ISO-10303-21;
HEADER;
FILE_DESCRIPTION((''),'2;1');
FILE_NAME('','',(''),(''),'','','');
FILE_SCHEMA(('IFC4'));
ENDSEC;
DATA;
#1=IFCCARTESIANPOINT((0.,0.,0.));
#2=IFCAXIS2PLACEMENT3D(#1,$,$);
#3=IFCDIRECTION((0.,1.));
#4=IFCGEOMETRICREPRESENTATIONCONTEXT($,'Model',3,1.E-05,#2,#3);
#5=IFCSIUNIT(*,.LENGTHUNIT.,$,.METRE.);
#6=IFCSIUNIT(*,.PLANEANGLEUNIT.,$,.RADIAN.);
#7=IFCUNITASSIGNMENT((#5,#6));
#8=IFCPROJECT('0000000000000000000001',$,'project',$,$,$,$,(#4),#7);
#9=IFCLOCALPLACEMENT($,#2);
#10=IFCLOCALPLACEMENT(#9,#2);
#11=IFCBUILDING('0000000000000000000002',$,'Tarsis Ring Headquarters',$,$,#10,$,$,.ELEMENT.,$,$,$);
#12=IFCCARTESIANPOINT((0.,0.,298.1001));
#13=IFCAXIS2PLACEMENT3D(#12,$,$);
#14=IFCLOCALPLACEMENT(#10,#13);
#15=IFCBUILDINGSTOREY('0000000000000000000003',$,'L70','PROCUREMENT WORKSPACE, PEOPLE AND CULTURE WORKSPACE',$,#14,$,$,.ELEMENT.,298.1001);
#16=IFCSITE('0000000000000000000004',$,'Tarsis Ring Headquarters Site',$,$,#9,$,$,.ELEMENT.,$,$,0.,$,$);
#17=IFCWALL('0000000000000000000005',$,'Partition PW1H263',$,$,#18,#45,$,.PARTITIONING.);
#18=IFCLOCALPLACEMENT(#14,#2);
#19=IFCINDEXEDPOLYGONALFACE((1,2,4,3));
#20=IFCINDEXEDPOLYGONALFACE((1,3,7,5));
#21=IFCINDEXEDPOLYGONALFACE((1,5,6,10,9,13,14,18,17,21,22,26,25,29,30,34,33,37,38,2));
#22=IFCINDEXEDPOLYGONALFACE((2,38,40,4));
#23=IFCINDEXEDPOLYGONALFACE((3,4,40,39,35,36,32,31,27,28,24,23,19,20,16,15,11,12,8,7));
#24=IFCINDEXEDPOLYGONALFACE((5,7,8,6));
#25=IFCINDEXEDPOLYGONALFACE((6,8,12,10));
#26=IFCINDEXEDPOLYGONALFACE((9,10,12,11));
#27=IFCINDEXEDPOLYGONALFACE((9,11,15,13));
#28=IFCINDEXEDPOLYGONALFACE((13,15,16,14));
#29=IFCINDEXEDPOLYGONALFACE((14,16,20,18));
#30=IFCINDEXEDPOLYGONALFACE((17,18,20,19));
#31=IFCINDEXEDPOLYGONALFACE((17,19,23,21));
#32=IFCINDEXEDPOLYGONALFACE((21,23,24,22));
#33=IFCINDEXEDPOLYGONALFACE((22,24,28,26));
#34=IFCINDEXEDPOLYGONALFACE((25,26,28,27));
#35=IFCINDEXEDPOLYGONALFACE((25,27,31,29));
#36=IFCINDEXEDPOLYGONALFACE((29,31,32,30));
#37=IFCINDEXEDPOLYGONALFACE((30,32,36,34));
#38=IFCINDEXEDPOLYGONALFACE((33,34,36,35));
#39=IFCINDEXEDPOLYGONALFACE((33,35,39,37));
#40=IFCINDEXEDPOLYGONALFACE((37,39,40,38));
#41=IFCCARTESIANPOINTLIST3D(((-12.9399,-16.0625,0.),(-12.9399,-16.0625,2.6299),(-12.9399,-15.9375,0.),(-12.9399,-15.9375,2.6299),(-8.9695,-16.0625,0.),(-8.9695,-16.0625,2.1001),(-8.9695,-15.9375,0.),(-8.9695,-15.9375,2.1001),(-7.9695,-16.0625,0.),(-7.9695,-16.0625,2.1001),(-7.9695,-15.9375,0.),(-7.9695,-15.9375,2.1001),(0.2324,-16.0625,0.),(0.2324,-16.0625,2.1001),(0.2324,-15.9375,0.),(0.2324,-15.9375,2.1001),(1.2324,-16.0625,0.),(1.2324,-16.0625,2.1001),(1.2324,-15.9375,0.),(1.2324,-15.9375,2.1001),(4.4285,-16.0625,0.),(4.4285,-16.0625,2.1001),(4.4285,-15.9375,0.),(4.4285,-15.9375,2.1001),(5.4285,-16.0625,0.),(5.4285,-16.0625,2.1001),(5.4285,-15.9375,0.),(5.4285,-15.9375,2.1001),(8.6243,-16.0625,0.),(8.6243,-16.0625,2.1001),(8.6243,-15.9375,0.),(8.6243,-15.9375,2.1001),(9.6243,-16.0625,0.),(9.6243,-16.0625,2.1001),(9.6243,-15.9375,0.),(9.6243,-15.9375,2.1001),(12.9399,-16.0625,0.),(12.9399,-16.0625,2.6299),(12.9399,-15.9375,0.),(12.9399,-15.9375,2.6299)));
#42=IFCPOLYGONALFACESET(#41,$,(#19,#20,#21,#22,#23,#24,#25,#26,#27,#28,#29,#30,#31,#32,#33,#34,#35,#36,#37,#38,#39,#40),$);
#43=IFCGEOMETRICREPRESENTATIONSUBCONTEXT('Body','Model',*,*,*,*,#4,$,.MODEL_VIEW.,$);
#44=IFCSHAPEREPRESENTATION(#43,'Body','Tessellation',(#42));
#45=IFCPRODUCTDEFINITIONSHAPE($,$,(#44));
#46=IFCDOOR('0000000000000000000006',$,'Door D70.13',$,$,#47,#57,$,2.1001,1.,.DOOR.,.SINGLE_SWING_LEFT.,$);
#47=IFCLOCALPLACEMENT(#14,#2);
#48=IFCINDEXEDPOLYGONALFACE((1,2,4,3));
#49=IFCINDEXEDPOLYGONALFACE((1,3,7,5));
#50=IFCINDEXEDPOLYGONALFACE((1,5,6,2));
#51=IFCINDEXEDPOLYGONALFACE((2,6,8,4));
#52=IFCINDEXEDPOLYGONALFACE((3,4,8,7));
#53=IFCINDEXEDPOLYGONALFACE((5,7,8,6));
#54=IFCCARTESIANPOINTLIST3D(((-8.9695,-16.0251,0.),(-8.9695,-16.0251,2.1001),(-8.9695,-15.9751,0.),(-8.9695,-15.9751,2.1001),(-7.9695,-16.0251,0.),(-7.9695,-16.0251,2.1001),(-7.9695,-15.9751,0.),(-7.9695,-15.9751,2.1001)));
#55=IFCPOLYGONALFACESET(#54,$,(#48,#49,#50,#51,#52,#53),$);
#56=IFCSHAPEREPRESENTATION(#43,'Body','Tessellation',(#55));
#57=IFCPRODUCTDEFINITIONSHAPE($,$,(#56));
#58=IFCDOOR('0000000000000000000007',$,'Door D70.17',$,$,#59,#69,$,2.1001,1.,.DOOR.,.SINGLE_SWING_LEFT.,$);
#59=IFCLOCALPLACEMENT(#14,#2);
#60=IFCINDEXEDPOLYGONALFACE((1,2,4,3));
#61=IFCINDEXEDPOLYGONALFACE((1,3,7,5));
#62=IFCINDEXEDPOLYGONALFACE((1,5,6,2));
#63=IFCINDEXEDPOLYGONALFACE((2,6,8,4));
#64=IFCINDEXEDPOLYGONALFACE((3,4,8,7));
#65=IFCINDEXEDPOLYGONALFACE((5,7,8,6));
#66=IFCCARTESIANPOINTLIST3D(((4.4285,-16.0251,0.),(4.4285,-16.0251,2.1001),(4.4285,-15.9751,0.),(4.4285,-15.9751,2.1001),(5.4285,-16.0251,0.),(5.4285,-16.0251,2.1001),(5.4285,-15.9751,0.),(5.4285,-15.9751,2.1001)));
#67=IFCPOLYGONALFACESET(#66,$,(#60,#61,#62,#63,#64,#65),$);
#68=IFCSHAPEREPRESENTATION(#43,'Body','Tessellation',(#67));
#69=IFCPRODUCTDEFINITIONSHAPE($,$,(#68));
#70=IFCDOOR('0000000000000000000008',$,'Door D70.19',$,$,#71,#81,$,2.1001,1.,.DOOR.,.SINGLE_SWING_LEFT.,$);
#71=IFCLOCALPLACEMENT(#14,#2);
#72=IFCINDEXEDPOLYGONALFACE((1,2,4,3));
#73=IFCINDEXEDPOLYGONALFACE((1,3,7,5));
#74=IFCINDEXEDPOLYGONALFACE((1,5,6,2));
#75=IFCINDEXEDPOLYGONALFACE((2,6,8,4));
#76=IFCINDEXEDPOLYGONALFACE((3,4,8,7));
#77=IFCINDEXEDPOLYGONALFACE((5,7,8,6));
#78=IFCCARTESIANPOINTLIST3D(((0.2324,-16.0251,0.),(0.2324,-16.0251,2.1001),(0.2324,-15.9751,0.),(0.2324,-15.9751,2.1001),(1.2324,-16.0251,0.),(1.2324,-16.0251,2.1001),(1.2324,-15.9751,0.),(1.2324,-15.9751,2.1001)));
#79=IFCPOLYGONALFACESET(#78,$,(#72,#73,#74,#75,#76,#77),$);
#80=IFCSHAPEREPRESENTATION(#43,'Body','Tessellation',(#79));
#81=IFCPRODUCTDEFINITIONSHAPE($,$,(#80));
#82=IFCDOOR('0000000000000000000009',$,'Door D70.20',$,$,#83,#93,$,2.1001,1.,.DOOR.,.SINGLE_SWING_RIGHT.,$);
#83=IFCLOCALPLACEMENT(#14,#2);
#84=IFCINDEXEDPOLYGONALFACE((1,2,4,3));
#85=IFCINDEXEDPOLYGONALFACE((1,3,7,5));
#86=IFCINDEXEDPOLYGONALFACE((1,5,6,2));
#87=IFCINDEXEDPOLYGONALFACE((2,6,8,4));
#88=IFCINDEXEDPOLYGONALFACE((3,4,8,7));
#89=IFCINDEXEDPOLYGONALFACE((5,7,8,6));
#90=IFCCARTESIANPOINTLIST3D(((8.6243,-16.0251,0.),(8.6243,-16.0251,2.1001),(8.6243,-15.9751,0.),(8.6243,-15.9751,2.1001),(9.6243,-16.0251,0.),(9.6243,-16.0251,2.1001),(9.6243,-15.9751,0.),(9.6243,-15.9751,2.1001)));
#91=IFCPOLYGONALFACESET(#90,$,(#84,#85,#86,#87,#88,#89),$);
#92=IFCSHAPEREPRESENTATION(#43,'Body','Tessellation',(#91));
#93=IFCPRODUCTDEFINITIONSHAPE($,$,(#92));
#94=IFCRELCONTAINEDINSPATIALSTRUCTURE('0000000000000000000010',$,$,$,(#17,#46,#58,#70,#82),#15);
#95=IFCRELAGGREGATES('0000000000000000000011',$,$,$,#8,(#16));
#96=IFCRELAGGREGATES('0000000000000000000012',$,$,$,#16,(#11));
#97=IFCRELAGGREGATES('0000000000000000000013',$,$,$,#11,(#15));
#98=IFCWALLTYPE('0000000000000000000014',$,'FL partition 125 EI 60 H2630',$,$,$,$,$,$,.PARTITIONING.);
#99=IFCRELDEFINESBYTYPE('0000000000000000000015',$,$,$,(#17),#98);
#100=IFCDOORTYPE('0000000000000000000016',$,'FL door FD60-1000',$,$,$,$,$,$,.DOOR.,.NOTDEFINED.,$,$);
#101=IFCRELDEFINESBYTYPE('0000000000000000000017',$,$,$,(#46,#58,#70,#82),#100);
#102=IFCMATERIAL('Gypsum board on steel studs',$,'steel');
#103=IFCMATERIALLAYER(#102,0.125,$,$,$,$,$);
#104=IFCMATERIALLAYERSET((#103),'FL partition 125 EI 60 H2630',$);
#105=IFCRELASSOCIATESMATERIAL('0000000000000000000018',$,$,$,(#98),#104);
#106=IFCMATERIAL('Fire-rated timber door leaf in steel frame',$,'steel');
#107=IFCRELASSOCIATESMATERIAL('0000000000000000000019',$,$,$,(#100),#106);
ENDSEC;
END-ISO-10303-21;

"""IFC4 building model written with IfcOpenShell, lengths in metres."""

from ifc_helpers import new_model, si_unit, direction, frame, frame_2d, origin, place, context, subcontext, project, spatial, rectangle, extrude, material, layer, layer_set, type_object, element, fill, save


model = new_model("IFC4")

# Units and contexts
model_context = context("Model", 3, precision=1e-05, world=origin(), true_north=direction((0.0, 1.0)))
body_context = subcontext(model_context, "Body", "Model", "MODEL_VIEW")
ifc_project = project(units=[si_unit("LENGTHUNIT", "METRE"), si_unit("PLANEANGLEUNIT", "RADIAN")], contexts=[model_context])

# Site, building, storey
site_placement = place(None, origin())
site = spatial("IfcSite", under=ifc_project, at=site_placement, Name="Tarsis Ring Headquarters Site", CompositionType="ELEMENT", RefElevation=0.0)
building_placement = place(site_placement, origin())
building = spatial("IfcBuilding", under=site, at=building_placement, Name="Tarsis Ring Headquarters", CompositionType="ELEMENT")
storey_placement = place(building_placement, frame((0.0, 0.0, 298.1001)))
storey = spatial("IfcBuildingStorey", under=building, at=storey_placement, Name="L70", Description="PROCUREMENT WORKSPACE, PEOPLE AND CULTURE WORKSPACE", CompositionType="ELEMENT", Elevation=298.1001)

# Wall, openings, doors
ifc_material_1 = material(Name="Gypsum board on steel studs", Category="steel")
ifc_layer = layer(ifc_material_1, 0.125)
ifc_layer_set = layer_set([ifc_layer], Name="FL partition 125 EI 60 H2630")
wall_type = type_object("IfcWallType", Name="FL partition 125 EI 60 H2630", PredefinedType="PARTITIONING", material=ifc_layer_set)
ifc_material_2 = material(Name="Fire-rated timber door leaf in steel frame", Category="steel")
door_type_1 = type_object("IfcDoorType", Name="FL door FD60-1000", OperationType="NOTDEFINED", PredefinedType="DOOR", material=ifc_material_2)
wall_1_placement = place(storey_placement, frame((-12.9399, -16.0, 0.0), z_axis=(0.0, 0.0, 1.0), x_axis=(1.0, 0.0, 0.0)))
wall_1 = element("IfcWall", 1, at=wall_1_placement, inside=storey, type_object=wall_type, Name="Partition PW1H263", PredefinedType="PARTITIONING", context=body_context, shape_type="SweptSolid", body=[
    extrude(rectangle(XDim=25.8799, YDim=0.125, at=frame_2d((12.9399, 0.0))), origin(), (0.0, 0.0, 1.0), 2.6299),
])
opening_1_placement = place(wall_1_placement, frame((3.9705, 0.0, 0.0)))
opening_1 = element("IfcOpeningElement", 2, at=opening_1_placement, cuts=wall_1, PredefinedType="OPENING", context=body_context, shape_type="SweptSolid", body=[
    extrude(rectangle(XDim=1.0, YDim=2.1001, at=frame_2d((0.5, 1.05))), frame((0.0, 0.0725, 0.0), z_axis=(0.0, -1.0, 0.0), x_axis=(1.0, 0.0, 0.0)), (0.0, 0.0, 1.0), 0.145),
])
opening_2_placement = place(wall_1_placement, frame((17.3684, 0.0, 0.0)))
opening_2 = element("IfcOpeningElement", 3, at=opening_2_placement, cuts=wall_1, PredefinedType="OPENING", context=body_context, shape_type="SweptSolid", body=[
    extrude(rectangle(XDim=1.0, YDim=2.1001, at=frame_2d((0.5, 1.05))), frame((0.0, 0.0725, 0.0), z_axis=(0.0, -1.0, 0.0), x_axis=(1.0, 0.0, 0.0)), (0.0, 0.0, 1.0), 0.145),
])
opening_3_placement = place(wall_1_placement, frame((13.1724, 0.0, 0.0)))
opening_3 = element("IfcOpeningElement", 4, at=opening_3_placement, cuts=wall_1, PredefinedType="OPENING", context=body_context, shape_type="SweptSolid", body=[
    extrude(rectangle(XDim=1.0, YDim=2.1001, at=frame_2d((0.5, 1.05))), frame((0.0, 0.0725, 0.0), z_axis=(0.0, -1.0, 0.0), x_axis=(1.0, 0.0, 0.0)), (0.0, 0.0, 1.0), 0.145),
])
opening_4_placement = place(wall_1_placement, frame((21.5642, 0.0, 0.0)))
opening_4 = element("IfcOpeningElement", 5, at=opening_4_placement, cuts=wall_1, PredefinedType="OPENING", context=body_context, shape_type="SweptSolid", body=[
    extrude(rectangle(XDim=1.0, YDim=2.1001, at=frame_2d((0.5, 1.05))), frame((0.0, 0.0725, 0.0), z_axis=(0.0, -1.0, 0.0), x_axis=(1.0, 0.0, 0.0)), (0.0, 0.0, 1.0), 0.145),
])
door_1_placement = place(opening_1_placement, origin())
door_1 = element("IfcDoor", 6, at=door_1_placement, inside=storey, type_object=door_type_1, Name="Door D70.13", OperationType="SINGLE_SWING_LEFT", OverallHeight=2.1001, OverallWidth=1.0, PredefinedType="DOOR", context=body_context, shape_type="SweptSolid", body=[
    extrude(rectangle(XDim=1.0, YDim=2.1001, at=frame_2d((0.5, 1.05))), frame((0.0, 0.0249, 0.0), z_axis=(0.0, -1.0, 0.0), x_axis=(1.0, 0.0, 0.0)), (0.0, 0.0, 1.0), 0.05),
])
fill(opening_1, door_1)
door_2_placement = place(opening_2_placement, origin())
door_2 = element("IfcDoor", 7, at=door_2_placement, inside=storey, type_object=door_type_1, Name="Door D70.17", OperationType="SINGLE_SWING_LEFT", OverallHeight=2.1001, OverallWidth=1.0, PredefinedType="DOOR", context=body_context, shape_type="SweptSolid", body=[
    extrude(rectangle(XDim=1.0, YDim=2.1001, at=frame_2d((0.5, 1.05))), frame((0.0, 0.0249, 0.0), z_axis=(0.0, -1.0, 0.0), x_axis=(1.0, 0.0, 0.0)), (0.0, 0.0, 1.0), 0.05),
])
fill(opening_2, door_2)
door_3_placement = place(opening_3_placement, origin())
door_3 = element("IfcDoor", 8, at=door_3_placement, inside=storey, type_object=door_type_1, Name="Door D70.19", OperationType="SINGLE_SWING_LEFT", OverallHeight=2.1001, OverallWidth=1.0, PredefinedType="DOOR", context=body_context, shape_type="SweptSolid", body=[
    extrude(rectangle(XDim=1.0, YDim=2.1001, at=frame_2d((0.5, 1.05))), frame((0.0, 0.0249, 0.0), z_axis=(0.0, -1.0, 0.0), x_axis=(1.0, 0.0, 0.0)), (0.0, 0.0, 1.0), 0.05),
])
fill(opening_3, door_3)
door_4_placement = place(opening_4_placement, origin())
door_4 = element("IfcDoor", 9, at=door_4_placement, inside=storey, type_object=door_type_1, Name="Door D70.20", OperationType="SINGLE_SWING_RIGHT", OverallHeight=2.1001, OverallWidth=1.0, PredefinedType="DOOR", context=body_context, shape_type="SweptSolid", body=[
    extrude(rectangle(XDim=1.0, YDim=2.1001, at=frame_2d((0.5, 1.05))), frame((0.0, 0.0249, 0.0), z_axis=(0.0, -1.0, 0.0), x_axis=(1.0, 0.0, 0.0)), (0.0, 0.0, 1.0), 0.05),
])
fill(opening_4, door_4)

save(model, "model.ifc")
